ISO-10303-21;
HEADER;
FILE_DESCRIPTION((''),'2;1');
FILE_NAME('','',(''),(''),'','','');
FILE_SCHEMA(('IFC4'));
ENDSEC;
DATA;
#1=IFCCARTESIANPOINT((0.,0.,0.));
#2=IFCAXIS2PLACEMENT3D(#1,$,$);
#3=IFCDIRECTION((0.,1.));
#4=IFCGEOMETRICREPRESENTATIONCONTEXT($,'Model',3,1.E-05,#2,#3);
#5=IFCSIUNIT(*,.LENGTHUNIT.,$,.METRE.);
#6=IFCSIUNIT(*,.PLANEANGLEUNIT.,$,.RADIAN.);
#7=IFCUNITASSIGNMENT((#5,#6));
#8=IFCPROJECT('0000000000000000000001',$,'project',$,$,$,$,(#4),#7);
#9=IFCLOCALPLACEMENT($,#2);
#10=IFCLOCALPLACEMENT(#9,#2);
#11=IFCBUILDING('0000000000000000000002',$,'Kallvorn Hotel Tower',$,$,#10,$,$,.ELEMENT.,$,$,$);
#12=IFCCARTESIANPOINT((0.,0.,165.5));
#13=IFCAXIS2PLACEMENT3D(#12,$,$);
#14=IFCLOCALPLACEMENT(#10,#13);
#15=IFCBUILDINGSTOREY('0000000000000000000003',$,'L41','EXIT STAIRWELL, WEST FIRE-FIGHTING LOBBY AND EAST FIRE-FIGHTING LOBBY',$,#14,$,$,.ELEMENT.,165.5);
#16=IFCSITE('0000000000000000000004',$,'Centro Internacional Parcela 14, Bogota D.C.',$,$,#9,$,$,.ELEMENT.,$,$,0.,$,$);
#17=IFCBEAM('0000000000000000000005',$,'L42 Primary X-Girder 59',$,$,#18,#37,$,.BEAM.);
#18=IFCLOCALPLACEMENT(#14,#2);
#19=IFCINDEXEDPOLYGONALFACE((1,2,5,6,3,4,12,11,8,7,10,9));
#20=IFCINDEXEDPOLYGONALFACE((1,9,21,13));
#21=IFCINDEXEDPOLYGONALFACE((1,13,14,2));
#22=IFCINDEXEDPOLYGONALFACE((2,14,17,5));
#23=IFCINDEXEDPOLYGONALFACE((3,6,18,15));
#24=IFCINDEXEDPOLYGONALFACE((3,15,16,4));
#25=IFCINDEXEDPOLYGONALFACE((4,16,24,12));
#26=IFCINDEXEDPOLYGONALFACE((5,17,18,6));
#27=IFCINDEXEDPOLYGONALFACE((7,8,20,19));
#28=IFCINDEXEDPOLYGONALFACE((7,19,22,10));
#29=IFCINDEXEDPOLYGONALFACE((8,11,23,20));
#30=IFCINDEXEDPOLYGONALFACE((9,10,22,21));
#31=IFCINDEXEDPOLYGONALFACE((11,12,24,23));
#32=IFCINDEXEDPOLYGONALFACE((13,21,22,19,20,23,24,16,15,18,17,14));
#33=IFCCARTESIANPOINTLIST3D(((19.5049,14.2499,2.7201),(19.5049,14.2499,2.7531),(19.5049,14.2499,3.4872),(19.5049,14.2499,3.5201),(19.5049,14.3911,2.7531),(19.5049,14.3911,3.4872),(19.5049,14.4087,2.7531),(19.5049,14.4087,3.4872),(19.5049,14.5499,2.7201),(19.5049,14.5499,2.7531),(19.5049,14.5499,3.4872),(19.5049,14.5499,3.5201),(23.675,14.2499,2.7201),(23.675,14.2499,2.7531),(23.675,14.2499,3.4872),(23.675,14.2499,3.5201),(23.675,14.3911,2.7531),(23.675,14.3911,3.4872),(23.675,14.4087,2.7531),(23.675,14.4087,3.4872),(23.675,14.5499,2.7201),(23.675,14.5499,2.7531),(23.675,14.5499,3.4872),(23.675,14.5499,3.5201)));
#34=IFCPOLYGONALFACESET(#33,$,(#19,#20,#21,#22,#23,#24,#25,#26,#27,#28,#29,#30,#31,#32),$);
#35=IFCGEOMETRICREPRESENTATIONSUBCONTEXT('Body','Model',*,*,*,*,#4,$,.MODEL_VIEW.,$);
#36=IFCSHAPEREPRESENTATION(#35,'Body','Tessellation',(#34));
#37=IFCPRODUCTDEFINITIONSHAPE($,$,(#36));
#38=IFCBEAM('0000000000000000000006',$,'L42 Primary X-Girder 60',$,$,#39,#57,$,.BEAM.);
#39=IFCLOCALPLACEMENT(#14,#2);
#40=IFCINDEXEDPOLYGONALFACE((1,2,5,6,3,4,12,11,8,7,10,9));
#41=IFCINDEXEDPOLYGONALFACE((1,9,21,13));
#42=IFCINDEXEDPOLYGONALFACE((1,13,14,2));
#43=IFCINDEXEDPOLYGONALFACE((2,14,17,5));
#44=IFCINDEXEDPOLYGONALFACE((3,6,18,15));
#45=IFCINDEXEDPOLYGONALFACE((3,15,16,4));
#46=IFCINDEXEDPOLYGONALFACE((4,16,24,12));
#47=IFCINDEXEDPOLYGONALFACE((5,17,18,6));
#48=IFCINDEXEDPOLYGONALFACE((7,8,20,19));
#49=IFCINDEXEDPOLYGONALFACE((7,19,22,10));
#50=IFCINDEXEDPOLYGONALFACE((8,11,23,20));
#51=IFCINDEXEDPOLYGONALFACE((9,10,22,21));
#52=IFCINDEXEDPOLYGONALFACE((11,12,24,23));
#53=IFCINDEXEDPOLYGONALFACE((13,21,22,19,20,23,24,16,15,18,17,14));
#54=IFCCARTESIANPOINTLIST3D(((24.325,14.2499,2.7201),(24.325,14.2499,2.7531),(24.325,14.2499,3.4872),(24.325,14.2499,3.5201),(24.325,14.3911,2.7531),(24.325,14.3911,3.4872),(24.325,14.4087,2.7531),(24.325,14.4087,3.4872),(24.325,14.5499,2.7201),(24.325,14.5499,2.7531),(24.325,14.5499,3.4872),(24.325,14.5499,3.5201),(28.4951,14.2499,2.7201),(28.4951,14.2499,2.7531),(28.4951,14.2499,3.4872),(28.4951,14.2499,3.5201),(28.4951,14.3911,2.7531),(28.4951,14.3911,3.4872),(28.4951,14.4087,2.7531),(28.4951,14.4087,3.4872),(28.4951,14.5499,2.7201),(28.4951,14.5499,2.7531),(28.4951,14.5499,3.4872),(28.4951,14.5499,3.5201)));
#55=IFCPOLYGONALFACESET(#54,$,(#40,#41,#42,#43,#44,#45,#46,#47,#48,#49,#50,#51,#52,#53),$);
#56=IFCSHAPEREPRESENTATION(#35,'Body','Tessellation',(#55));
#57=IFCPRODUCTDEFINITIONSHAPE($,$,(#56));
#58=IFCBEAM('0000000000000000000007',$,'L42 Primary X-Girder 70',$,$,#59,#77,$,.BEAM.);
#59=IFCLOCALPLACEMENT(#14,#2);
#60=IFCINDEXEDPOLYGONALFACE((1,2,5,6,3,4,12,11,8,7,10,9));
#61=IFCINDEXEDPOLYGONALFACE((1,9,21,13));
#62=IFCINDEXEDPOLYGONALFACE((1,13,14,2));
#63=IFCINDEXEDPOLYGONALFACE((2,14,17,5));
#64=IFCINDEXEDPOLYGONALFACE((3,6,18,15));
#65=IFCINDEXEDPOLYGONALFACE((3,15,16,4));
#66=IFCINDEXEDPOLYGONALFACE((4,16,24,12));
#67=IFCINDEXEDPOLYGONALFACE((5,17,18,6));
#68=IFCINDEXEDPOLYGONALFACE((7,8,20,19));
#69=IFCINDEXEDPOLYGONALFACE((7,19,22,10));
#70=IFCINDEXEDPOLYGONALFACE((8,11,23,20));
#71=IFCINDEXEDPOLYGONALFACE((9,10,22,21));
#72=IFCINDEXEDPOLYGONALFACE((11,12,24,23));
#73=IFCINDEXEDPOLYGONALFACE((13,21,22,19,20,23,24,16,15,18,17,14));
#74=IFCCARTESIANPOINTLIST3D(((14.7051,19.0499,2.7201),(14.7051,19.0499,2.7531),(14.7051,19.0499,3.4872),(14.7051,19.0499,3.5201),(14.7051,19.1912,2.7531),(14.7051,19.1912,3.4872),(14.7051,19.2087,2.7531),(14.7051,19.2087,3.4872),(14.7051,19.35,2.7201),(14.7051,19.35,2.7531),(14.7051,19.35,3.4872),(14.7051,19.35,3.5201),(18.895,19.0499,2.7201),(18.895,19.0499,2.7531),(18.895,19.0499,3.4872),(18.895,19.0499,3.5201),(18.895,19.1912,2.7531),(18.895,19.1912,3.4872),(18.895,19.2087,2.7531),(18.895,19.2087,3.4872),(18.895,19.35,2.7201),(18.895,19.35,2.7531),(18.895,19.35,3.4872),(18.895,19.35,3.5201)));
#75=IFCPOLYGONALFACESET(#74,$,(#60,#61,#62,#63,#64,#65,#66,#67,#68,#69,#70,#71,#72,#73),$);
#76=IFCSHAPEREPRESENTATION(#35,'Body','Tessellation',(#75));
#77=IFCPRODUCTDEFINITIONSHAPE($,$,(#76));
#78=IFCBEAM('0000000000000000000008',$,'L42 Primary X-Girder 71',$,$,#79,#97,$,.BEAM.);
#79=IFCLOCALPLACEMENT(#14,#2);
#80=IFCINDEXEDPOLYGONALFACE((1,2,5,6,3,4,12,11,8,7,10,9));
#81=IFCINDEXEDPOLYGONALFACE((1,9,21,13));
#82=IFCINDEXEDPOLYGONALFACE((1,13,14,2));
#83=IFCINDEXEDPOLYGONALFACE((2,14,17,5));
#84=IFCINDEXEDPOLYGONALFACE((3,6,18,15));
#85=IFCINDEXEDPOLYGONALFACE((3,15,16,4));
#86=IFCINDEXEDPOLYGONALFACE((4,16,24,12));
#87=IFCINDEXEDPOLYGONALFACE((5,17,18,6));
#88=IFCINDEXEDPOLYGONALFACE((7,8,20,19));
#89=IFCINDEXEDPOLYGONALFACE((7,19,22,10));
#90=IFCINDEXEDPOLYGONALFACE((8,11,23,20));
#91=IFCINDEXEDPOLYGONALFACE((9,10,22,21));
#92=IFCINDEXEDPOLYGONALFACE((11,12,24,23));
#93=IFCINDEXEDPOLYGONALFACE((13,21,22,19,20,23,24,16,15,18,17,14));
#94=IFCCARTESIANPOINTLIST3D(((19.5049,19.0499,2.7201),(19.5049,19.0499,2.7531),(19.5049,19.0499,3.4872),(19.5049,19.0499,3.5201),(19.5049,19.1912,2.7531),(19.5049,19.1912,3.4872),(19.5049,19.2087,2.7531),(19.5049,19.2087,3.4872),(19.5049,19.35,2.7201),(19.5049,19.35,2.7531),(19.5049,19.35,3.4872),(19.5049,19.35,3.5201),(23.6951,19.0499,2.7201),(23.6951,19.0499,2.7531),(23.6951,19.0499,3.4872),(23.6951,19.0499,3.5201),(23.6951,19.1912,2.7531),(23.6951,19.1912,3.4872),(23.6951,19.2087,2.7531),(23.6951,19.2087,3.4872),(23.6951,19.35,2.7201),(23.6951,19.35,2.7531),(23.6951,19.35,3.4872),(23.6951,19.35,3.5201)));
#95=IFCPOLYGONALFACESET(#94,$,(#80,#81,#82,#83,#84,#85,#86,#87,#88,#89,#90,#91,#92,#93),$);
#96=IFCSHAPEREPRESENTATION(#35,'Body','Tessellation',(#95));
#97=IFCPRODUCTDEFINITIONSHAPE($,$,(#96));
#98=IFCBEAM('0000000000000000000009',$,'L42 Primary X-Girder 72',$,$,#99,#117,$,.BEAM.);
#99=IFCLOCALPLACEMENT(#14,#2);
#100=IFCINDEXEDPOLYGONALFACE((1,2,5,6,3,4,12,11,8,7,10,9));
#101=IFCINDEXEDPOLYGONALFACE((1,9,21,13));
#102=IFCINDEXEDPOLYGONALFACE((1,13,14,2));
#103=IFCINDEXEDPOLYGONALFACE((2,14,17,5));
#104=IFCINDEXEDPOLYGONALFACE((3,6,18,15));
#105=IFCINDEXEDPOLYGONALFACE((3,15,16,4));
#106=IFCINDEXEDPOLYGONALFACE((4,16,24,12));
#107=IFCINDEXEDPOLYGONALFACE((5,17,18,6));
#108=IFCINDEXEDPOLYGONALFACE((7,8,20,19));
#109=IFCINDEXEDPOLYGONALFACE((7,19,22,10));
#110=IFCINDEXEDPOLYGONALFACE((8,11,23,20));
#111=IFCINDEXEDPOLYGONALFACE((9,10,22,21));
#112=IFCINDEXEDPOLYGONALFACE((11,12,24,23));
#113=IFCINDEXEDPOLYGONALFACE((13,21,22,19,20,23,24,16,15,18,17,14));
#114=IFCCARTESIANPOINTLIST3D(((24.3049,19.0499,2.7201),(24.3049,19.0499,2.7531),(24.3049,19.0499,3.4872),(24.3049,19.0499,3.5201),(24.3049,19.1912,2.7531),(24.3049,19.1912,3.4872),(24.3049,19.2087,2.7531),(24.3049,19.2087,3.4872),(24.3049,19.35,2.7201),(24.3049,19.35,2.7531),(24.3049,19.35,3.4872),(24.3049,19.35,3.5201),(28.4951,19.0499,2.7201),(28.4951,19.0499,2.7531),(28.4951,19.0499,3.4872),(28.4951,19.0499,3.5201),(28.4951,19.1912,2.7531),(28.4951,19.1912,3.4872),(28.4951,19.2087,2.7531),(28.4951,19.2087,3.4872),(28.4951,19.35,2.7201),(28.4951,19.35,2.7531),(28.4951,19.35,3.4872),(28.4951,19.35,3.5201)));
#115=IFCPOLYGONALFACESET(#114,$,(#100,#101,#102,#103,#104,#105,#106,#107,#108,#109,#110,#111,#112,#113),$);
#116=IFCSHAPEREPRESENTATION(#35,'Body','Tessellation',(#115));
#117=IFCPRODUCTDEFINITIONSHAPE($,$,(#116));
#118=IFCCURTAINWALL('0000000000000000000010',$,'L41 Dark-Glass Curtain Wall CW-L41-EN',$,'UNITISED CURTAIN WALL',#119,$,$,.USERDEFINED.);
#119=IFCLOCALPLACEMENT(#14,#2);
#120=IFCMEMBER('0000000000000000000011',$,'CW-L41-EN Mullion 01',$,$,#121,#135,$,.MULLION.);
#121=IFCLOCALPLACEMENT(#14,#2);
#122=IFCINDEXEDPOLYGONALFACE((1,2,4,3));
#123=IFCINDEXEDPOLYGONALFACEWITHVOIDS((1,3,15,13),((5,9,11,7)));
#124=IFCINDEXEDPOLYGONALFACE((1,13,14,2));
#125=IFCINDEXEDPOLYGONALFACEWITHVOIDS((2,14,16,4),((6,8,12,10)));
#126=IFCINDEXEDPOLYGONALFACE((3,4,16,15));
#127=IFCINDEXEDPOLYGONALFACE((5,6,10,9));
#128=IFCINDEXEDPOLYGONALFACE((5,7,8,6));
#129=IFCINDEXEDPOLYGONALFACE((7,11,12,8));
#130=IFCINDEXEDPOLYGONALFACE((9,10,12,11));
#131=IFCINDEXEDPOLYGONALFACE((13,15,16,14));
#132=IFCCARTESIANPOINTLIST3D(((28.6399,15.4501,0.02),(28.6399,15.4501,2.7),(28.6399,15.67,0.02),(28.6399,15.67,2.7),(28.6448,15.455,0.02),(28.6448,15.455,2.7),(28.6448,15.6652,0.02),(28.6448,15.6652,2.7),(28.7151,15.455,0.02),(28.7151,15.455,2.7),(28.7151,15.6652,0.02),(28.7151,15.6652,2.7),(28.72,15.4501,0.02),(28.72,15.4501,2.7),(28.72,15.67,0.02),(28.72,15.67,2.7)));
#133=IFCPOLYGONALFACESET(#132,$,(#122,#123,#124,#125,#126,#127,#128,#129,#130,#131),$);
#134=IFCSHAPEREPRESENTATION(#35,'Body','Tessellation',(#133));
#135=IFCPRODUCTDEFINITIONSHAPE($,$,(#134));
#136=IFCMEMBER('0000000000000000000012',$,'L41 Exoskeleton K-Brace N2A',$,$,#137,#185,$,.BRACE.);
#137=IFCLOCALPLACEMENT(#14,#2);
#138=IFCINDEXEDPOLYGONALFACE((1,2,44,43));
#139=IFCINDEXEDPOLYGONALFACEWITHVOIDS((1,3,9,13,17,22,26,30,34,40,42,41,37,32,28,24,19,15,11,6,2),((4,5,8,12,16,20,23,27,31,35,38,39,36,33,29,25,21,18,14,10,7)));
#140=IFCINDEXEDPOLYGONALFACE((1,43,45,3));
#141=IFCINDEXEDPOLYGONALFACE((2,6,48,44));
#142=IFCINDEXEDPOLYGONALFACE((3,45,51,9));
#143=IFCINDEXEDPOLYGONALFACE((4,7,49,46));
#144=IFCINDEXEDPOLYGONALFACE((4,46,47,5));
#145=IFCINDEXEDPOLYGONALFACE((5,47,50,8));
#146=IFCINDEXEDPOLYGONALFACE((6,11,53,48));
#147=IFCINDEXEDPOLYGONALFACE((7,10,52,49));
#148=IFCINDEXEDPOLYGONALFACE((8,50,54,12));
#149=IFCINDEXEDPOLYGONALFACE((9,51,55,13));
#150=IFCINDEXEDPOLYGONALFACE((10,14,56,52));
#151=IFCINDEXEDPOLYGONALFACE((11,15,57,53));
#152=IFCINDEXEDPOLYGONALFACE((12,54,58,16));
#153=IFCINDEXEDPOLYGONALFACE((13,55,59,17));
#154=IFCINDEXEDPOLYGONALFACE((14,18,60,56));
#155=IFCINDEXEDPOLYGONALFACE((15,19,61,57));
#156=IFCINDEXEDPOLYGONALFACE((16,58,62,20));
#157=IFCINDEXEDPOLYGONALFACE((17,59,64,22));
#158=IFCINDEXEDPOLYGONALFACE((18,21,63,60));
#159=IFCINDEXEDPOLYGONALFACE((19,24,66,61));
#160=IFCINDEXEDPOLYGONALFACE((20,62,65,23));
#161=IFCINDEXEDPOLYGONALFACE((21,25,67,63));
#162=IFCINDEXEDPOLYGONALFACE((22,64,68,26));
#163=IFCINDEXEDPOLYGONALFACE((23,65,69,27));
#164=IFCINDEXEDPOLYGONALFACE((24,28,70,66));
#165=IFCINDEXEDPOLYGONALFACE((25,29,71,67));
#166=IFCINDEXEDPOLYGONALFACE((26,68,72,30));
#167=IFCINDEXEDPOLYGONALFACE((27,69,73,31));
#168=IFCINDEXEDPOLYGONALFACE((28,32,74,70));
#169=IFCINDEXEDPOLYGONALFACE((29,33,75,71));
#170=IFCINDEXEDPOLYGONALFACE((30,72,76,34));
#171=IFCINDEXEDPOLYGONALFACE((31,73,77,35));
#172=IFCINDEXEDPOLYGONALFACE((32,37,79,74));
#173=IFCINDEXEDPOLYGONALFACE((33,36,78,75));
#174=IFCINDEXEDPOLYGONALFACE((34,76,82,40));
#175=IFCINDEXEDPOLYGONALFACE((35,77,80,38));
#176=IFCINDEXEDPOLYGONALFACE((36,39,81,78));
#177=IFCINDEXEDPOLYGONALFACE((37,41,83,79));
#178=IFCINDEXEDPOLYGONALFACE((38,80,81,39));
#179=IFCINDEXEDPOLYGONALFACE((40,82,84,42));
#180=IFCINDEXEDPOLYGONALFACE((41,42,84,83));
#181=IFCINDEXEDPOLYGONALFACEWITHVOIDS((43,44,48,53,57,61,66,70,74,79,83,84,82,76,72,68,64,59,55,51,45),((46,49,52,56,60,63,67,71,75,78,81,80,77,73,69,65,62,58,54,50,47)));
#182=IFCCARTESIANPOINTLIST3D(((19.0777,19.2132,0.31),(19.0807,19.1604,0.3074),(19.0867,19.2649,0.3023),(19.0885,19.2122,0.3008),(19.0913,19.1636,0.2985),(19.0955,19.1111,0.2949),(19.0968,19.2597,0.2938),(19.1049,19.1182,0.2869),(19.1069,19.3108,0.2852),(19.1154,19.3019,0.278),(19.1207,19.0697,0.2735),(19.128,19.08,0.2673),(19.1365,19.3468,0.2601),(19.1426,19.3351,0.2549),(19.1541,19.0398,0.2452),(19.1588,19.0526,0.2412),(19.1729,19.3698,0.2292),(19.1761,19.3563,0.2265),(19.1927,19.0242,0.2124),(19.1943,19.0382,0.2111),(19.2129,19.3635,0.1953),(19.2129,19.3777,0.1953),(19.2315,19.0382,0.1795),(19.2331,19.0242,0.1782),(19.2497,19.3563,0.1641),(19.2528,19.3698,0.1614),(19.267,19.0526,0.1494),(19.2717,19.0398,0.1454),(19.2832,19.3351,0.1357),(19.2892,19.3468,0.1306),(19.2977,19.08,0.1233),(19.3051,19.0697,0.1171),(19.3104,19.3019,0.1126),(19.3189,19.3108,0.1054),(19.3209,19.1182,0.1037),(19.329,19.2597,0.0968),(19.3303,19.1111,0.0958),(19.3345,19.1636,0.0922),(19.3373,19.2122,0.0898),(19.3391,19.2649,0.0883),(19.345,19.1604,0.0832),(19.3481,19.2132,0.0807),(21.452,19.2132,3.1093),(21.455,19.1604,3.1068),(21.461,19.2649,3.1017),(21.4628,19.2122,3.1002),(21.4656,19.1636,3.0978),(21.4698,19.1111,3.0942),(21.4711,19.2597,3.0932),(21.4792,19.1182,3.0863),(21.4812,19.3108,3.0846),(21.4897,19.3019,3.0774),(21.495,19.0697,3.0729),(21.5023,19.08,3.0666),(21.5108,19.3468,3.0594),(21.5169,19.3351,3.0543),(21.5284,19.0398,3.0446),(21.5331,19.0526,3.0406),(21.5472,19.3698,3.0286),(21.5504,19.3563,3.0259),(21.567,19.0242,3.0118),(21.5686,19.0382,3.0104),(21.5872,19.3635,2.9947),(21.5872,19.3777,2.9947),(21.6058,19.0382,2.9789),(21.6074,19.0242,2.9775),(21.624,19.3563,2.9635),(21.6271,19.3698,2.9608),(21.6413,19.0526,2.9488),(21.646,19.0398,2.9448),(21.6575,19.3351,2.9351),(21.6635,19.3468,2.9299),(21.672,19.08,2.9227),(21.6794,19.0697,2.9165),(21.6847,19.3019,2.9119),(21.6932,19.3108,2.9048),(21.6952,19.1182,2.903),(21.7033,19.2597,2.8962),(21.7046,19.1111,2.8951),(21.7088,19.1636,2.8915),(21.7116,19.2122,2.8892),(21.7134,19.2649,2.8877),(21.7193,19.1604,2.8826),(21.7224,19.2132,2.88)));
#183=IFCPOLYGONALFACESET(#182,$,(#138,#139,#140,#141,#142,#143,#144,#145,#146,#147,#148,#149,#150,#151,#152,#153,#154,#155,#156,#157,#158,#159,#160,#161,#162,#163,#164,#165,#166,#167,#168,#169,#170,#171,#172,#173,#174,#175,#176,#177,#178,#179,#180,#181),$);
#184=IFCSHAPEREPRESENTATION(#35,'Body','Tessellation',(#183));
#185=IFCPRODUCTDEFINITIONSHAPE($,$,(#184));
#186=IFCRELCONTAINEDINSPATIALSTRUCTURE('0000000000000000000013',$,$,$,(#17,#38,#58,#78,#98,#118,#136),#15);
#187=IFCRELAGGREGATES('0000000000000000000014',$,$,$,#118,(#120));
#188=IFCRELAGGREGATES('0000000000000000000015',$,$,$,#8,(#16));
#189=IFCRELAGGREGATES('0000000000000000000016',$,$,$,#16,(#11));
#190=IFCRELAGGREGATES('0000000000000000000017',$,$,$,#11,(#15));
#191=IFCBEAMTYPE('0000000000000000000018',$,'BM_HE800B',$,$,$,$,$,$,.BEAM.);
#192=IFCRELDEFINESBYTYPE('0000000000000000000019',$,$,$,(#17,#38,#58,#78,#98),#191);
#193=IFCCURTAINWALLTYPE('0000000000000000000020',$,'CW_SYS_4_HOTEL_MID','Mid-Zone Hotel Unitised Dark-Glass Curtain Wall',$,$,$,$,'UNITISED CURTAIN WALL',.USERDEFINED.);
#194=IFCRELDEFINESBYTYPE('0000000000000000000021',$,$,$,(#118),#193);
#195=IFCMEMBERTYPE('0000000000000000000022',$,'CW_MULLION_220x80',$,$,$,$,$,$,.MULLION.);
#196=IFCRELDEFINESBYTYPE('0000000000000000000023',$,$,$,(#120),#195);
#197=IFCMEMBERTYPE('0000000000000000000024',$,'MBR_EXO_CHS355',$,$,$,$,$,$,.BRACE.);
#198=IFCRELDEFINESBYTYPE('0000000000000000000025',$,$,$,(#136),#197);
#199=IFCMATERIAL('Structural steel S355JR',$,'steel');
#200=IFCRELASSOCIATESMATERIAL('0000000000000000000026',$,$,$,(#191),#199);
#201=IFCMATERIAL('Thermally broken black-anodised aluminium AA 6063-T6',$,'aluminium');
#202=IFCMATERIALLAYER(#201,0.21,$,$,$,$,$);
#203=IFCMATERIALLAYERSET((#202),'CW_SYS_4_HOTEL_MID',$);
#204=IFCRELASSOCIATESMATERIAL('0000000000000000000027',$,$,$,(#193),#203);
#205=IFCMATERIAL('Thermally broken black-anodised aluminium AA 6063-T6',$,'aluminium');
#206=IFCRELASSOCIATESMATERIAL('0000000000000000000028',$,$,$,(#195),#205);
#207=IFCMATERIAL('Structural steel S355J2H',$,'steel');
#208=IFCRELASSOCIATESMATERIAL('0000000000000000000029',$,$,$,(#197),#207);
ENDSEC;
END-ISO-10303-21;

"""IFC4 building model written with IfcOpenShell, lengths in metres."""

from ifc_helpers import new_model, si_unit, direction, frame, origin, origin_2d, place, context, subcontext, project, spatial, hollow_rectangle, hollow_circle, i_section, extrude, material, layer, layer_set, material_profile, profile_set, type_object, element, aggregate, save


model = new_model("IFC4")

# Units and contexts
model_context = context("Model", 3, precision=1e-05, world=origin(), true_north=direction((0.0, 1.0)))
body_context = subcontext(model_context, "Body", "Model", "MODEL_VIEW")
ifc_project = project(units=[si_unit("LENGTHUNIT", "METRE"), si_unit("PLANEANGLEUNIT", "RADIAN")], contexts=[model_context])

# Site, building, storey
site_placement = place(None, origin())
site = spatial("IfcSite", under=ifc_project, at=site_placement, Name="Centro Internacional Parcela 14, Bogota D.C.", CompositionType="ELEMENT", RefElevation=0.0)
building_placement = place(site_placement, origin())
building = spatial("IfcBuilding", under=site, at=building_placement, Name="Kallvorn Hotel Tower", CompositionType="ELEMENT")
storey_placement = place(building_placement, frame((0.0, 0.0, 165.5)))
storey = spatial("IfcBuildingStorey", under=building, at=storey_placement, Name="L41", Description="EXIT STAIRWELL, WEST FIRE-FIGHTING LOBBY AND EAST FIRE-FIGHTING LOBBY", CompositionType="ELEMENT", Elevation=165.5)

# Beams
ifc_material_1 = material(Name="Structural steel S355JR", Category="steel")
ifc_material_profile_1 = material_profile(ifc_material_1, i_section(OverallWidth=0.3, OverallDepth=0.8, WebThickness=0.0176, FlangeThickness=0.033, at=origin_2d()), Name="HE 800 B")
ifc_profile_set_1 = profile_set([ifc_material_profile_1], Name="Structural steel S355JR")
beam_type_1 = type_object("IfcBeamType", Name="BM_HE800B", PredefinedType="BEAM", material=ifc_profile_set_1)
for number, where, z_axis, x_axis, name in (
    (1, (19.5049, 14.3999, 3.1201), (1.0, 0.0, 0.0), (0.0, 1.0, 0.0), "L42 Primary X-Girder 59"),
    (2, (24.325, 14.3999, 3.1201), (1.0, 0.0, 0.0), (0.0, 1.0, 0.0), "L42 Primary X-Girder 60"),
):
    element("IfcBeam", number, at=place(storey_placement, frame(where, z_axis=z_axis, x_axis=x_axis)), inside=storey, type_object=beam_type_1, Name=name, PredefinedType="BEAM", context=body_context, shape_type="SweptSolid", body=[
        extrude(i_section(OverallWidth=0.3, OverallDepth=0.8, WebThickness=0.0176, FlangeThickness=0.033, at=origin_2d()), origin(), (0.0, 0.0, 1.0), 4.1702),
    ])
beam_1_placement = place(storey_placement, frame((14.7051, 19.2, 3.1201), z_axis=(1.0, 0.0, 0.0), x_axis=(0.0, 1.0, 0.0)))
element("IfcBeam", 3, at=beam_1_placement, inside=storey, type_object=beam_type_1, Name="L42 Primary X-Girder 70", PredefinedType="BEAM", context=body_context, shape_type="SweptSolid", body=[
    extrude(i_section(OverallWidth=0.3, OverallDepth=0.8, WebThickness=0.0176, FlangeThickness=0.033, at=origin_2d()), origin(), (0.0, 0.0, 1.0), 4.1899),
])
for number, where, z_axis, x_axis, name in (
    (4, (19.5049, 19.2, 3.1201), (1.0, 0.0, 0.0), (0.0, 1.0, 0.0), "L42 Primary X-Girder 71"),
    (5, (24.3049, 19.2, 3.1201), (1.0, 0.0, 0.0), (0.0, 1.0, 0.0), "L42 Primary X-Girder 72"),
):
    element("IfcBeam", number, at=place(storey_placement, frame(where, z_axis=z_axis, x_axis=x_axis)), inside=storey, type_object=beam_type_1, Name=name, PredefinedType="BEAM", context=body_context, shape_type="SweptSolid", body=[
        extrude(i_section(OverallWidth=0.3, OverallDepth=0.8, WebThickness=0.0176, FlangeThickness=0.033, at=origin_2d()), origin(), (0.0, 0.0, 1.0), 4.1902),
    ])

# Curtain wall, member
ifc_material_2 = material(Name="Thermally broken black-anodised aluminium AA 6063-T6", Category="aluminium")
ifc_layer_1 = layer(ifc_material_2, 0.21)
ifc_layer_set_1 = layer_set([ifc_layer_1], Name="CW_SYS_4_HOTEL_MID")
curtain_wall_type = type_object("IfcCurtainWallType", Name="CW_SYS_4_HOTEL_MID", Description="Mid-Zone Hotel Unitised Dark-Glass Curtain Wall", ElementType="UNITISED CURTAIN WALL", PredefinedType="USERDEFINED", material=ifc_layer_set_1)
curtain_wall_placement = place(storey_placement, origin())
curtain_wall = element("IfcCurtainWall", 6, at=curtain_wall_placement, inside=storey, type_object=curtain_wall_type, Name="L41 Dark-Glass Curtain Wall CW-L41-EN", ObjectType="UNITISED CURTAIN WALL", PredefinedType="USERDEFINED")
ifc_material_3 = material(Name="Thermally broken black-anodised aluminium AA 6063-T6", Category="aluminium")
ifc_material_profile_2 = material_profile(ifc_material_3, hollow_rectangle(XDim=0.0801, YDim=0.22, WallThickness=0.0049, at=origin_2d()), Name="MUL 220x80")
ifc_profile_set_2 = profile_set([ifc_material_profile_2], Name="Thermally broken black-anodised aluminium AA 6063-T6")
member_type_1 = type_object("IfcMemberType", Name="CW_MULLION_220x80", PredefinedType="MULLION", material=ifc_profile_set_2)
member_placement = place(storey_placement, frame((28.6799, 15.5601, 0.02), z_axis=(0.0, 0.0, 1.0), x_axis=(1.0, 0.0, 0.0)))
member = element("IfcMember", 7, at=member_placement, type_object=member_type_1, Name="CW-L41-EN Mullion 01", PredefinedType="MULLION", context=body_context, shape_type="SweptSolid", body=[
    extrude(hollow_rectangle(XDim=0.0801, YDim=0.22, WallThickness=0.0049, at=origin_2d()), origin(), (0.0, 0.0, 1.0), 2.6799),
])
aggregate(curtain_wall, [member])

# Member
ifc_material_4 = material(Name="Structural steel S355J2H", Category="steel")
ifc_material_profile_3 = material_profile(ifc_material_4, hollow_circle(Radius=0.1777, WallThickness=0.0142, at=origin_2d()), Name="CHS 355.6x14.2")
ifc_profile_set_3 = profile_set([ifc_material_profile_3], Name="Structural steel S355J2H")
member_type_2 = type_object("IfcMemberType", Name="MBR_EXO_CHS355", PredefinedType="BRACE", material=ifc_profile_set_3)
for number, where, z_axis, x_axis, name in (
    (8, (19.2129, 19.2, 0.1953), (0.646833, 0.0, 0.762631), (0.0, 1.0, 0.0), "L41 Exoskeleton K-Brace N2A"),
):
    element("IfcMember", number, at=place(storey_placement, frame(where, z_axis=z_axis, x_axis=x_axis)), inside=storey, type_object=member_type_2, Name=name, PredefinedType="BRACE", context=body_context, shape_type="SweptSolid", body=[
        extrude(hollow_circle(Radius=0.1777, WallThickness=0.0142, at=origin_2d()), origin(), (0.0, 0.0, 1.0), 3.6707),
    ])

save(model, "model.ifc")
